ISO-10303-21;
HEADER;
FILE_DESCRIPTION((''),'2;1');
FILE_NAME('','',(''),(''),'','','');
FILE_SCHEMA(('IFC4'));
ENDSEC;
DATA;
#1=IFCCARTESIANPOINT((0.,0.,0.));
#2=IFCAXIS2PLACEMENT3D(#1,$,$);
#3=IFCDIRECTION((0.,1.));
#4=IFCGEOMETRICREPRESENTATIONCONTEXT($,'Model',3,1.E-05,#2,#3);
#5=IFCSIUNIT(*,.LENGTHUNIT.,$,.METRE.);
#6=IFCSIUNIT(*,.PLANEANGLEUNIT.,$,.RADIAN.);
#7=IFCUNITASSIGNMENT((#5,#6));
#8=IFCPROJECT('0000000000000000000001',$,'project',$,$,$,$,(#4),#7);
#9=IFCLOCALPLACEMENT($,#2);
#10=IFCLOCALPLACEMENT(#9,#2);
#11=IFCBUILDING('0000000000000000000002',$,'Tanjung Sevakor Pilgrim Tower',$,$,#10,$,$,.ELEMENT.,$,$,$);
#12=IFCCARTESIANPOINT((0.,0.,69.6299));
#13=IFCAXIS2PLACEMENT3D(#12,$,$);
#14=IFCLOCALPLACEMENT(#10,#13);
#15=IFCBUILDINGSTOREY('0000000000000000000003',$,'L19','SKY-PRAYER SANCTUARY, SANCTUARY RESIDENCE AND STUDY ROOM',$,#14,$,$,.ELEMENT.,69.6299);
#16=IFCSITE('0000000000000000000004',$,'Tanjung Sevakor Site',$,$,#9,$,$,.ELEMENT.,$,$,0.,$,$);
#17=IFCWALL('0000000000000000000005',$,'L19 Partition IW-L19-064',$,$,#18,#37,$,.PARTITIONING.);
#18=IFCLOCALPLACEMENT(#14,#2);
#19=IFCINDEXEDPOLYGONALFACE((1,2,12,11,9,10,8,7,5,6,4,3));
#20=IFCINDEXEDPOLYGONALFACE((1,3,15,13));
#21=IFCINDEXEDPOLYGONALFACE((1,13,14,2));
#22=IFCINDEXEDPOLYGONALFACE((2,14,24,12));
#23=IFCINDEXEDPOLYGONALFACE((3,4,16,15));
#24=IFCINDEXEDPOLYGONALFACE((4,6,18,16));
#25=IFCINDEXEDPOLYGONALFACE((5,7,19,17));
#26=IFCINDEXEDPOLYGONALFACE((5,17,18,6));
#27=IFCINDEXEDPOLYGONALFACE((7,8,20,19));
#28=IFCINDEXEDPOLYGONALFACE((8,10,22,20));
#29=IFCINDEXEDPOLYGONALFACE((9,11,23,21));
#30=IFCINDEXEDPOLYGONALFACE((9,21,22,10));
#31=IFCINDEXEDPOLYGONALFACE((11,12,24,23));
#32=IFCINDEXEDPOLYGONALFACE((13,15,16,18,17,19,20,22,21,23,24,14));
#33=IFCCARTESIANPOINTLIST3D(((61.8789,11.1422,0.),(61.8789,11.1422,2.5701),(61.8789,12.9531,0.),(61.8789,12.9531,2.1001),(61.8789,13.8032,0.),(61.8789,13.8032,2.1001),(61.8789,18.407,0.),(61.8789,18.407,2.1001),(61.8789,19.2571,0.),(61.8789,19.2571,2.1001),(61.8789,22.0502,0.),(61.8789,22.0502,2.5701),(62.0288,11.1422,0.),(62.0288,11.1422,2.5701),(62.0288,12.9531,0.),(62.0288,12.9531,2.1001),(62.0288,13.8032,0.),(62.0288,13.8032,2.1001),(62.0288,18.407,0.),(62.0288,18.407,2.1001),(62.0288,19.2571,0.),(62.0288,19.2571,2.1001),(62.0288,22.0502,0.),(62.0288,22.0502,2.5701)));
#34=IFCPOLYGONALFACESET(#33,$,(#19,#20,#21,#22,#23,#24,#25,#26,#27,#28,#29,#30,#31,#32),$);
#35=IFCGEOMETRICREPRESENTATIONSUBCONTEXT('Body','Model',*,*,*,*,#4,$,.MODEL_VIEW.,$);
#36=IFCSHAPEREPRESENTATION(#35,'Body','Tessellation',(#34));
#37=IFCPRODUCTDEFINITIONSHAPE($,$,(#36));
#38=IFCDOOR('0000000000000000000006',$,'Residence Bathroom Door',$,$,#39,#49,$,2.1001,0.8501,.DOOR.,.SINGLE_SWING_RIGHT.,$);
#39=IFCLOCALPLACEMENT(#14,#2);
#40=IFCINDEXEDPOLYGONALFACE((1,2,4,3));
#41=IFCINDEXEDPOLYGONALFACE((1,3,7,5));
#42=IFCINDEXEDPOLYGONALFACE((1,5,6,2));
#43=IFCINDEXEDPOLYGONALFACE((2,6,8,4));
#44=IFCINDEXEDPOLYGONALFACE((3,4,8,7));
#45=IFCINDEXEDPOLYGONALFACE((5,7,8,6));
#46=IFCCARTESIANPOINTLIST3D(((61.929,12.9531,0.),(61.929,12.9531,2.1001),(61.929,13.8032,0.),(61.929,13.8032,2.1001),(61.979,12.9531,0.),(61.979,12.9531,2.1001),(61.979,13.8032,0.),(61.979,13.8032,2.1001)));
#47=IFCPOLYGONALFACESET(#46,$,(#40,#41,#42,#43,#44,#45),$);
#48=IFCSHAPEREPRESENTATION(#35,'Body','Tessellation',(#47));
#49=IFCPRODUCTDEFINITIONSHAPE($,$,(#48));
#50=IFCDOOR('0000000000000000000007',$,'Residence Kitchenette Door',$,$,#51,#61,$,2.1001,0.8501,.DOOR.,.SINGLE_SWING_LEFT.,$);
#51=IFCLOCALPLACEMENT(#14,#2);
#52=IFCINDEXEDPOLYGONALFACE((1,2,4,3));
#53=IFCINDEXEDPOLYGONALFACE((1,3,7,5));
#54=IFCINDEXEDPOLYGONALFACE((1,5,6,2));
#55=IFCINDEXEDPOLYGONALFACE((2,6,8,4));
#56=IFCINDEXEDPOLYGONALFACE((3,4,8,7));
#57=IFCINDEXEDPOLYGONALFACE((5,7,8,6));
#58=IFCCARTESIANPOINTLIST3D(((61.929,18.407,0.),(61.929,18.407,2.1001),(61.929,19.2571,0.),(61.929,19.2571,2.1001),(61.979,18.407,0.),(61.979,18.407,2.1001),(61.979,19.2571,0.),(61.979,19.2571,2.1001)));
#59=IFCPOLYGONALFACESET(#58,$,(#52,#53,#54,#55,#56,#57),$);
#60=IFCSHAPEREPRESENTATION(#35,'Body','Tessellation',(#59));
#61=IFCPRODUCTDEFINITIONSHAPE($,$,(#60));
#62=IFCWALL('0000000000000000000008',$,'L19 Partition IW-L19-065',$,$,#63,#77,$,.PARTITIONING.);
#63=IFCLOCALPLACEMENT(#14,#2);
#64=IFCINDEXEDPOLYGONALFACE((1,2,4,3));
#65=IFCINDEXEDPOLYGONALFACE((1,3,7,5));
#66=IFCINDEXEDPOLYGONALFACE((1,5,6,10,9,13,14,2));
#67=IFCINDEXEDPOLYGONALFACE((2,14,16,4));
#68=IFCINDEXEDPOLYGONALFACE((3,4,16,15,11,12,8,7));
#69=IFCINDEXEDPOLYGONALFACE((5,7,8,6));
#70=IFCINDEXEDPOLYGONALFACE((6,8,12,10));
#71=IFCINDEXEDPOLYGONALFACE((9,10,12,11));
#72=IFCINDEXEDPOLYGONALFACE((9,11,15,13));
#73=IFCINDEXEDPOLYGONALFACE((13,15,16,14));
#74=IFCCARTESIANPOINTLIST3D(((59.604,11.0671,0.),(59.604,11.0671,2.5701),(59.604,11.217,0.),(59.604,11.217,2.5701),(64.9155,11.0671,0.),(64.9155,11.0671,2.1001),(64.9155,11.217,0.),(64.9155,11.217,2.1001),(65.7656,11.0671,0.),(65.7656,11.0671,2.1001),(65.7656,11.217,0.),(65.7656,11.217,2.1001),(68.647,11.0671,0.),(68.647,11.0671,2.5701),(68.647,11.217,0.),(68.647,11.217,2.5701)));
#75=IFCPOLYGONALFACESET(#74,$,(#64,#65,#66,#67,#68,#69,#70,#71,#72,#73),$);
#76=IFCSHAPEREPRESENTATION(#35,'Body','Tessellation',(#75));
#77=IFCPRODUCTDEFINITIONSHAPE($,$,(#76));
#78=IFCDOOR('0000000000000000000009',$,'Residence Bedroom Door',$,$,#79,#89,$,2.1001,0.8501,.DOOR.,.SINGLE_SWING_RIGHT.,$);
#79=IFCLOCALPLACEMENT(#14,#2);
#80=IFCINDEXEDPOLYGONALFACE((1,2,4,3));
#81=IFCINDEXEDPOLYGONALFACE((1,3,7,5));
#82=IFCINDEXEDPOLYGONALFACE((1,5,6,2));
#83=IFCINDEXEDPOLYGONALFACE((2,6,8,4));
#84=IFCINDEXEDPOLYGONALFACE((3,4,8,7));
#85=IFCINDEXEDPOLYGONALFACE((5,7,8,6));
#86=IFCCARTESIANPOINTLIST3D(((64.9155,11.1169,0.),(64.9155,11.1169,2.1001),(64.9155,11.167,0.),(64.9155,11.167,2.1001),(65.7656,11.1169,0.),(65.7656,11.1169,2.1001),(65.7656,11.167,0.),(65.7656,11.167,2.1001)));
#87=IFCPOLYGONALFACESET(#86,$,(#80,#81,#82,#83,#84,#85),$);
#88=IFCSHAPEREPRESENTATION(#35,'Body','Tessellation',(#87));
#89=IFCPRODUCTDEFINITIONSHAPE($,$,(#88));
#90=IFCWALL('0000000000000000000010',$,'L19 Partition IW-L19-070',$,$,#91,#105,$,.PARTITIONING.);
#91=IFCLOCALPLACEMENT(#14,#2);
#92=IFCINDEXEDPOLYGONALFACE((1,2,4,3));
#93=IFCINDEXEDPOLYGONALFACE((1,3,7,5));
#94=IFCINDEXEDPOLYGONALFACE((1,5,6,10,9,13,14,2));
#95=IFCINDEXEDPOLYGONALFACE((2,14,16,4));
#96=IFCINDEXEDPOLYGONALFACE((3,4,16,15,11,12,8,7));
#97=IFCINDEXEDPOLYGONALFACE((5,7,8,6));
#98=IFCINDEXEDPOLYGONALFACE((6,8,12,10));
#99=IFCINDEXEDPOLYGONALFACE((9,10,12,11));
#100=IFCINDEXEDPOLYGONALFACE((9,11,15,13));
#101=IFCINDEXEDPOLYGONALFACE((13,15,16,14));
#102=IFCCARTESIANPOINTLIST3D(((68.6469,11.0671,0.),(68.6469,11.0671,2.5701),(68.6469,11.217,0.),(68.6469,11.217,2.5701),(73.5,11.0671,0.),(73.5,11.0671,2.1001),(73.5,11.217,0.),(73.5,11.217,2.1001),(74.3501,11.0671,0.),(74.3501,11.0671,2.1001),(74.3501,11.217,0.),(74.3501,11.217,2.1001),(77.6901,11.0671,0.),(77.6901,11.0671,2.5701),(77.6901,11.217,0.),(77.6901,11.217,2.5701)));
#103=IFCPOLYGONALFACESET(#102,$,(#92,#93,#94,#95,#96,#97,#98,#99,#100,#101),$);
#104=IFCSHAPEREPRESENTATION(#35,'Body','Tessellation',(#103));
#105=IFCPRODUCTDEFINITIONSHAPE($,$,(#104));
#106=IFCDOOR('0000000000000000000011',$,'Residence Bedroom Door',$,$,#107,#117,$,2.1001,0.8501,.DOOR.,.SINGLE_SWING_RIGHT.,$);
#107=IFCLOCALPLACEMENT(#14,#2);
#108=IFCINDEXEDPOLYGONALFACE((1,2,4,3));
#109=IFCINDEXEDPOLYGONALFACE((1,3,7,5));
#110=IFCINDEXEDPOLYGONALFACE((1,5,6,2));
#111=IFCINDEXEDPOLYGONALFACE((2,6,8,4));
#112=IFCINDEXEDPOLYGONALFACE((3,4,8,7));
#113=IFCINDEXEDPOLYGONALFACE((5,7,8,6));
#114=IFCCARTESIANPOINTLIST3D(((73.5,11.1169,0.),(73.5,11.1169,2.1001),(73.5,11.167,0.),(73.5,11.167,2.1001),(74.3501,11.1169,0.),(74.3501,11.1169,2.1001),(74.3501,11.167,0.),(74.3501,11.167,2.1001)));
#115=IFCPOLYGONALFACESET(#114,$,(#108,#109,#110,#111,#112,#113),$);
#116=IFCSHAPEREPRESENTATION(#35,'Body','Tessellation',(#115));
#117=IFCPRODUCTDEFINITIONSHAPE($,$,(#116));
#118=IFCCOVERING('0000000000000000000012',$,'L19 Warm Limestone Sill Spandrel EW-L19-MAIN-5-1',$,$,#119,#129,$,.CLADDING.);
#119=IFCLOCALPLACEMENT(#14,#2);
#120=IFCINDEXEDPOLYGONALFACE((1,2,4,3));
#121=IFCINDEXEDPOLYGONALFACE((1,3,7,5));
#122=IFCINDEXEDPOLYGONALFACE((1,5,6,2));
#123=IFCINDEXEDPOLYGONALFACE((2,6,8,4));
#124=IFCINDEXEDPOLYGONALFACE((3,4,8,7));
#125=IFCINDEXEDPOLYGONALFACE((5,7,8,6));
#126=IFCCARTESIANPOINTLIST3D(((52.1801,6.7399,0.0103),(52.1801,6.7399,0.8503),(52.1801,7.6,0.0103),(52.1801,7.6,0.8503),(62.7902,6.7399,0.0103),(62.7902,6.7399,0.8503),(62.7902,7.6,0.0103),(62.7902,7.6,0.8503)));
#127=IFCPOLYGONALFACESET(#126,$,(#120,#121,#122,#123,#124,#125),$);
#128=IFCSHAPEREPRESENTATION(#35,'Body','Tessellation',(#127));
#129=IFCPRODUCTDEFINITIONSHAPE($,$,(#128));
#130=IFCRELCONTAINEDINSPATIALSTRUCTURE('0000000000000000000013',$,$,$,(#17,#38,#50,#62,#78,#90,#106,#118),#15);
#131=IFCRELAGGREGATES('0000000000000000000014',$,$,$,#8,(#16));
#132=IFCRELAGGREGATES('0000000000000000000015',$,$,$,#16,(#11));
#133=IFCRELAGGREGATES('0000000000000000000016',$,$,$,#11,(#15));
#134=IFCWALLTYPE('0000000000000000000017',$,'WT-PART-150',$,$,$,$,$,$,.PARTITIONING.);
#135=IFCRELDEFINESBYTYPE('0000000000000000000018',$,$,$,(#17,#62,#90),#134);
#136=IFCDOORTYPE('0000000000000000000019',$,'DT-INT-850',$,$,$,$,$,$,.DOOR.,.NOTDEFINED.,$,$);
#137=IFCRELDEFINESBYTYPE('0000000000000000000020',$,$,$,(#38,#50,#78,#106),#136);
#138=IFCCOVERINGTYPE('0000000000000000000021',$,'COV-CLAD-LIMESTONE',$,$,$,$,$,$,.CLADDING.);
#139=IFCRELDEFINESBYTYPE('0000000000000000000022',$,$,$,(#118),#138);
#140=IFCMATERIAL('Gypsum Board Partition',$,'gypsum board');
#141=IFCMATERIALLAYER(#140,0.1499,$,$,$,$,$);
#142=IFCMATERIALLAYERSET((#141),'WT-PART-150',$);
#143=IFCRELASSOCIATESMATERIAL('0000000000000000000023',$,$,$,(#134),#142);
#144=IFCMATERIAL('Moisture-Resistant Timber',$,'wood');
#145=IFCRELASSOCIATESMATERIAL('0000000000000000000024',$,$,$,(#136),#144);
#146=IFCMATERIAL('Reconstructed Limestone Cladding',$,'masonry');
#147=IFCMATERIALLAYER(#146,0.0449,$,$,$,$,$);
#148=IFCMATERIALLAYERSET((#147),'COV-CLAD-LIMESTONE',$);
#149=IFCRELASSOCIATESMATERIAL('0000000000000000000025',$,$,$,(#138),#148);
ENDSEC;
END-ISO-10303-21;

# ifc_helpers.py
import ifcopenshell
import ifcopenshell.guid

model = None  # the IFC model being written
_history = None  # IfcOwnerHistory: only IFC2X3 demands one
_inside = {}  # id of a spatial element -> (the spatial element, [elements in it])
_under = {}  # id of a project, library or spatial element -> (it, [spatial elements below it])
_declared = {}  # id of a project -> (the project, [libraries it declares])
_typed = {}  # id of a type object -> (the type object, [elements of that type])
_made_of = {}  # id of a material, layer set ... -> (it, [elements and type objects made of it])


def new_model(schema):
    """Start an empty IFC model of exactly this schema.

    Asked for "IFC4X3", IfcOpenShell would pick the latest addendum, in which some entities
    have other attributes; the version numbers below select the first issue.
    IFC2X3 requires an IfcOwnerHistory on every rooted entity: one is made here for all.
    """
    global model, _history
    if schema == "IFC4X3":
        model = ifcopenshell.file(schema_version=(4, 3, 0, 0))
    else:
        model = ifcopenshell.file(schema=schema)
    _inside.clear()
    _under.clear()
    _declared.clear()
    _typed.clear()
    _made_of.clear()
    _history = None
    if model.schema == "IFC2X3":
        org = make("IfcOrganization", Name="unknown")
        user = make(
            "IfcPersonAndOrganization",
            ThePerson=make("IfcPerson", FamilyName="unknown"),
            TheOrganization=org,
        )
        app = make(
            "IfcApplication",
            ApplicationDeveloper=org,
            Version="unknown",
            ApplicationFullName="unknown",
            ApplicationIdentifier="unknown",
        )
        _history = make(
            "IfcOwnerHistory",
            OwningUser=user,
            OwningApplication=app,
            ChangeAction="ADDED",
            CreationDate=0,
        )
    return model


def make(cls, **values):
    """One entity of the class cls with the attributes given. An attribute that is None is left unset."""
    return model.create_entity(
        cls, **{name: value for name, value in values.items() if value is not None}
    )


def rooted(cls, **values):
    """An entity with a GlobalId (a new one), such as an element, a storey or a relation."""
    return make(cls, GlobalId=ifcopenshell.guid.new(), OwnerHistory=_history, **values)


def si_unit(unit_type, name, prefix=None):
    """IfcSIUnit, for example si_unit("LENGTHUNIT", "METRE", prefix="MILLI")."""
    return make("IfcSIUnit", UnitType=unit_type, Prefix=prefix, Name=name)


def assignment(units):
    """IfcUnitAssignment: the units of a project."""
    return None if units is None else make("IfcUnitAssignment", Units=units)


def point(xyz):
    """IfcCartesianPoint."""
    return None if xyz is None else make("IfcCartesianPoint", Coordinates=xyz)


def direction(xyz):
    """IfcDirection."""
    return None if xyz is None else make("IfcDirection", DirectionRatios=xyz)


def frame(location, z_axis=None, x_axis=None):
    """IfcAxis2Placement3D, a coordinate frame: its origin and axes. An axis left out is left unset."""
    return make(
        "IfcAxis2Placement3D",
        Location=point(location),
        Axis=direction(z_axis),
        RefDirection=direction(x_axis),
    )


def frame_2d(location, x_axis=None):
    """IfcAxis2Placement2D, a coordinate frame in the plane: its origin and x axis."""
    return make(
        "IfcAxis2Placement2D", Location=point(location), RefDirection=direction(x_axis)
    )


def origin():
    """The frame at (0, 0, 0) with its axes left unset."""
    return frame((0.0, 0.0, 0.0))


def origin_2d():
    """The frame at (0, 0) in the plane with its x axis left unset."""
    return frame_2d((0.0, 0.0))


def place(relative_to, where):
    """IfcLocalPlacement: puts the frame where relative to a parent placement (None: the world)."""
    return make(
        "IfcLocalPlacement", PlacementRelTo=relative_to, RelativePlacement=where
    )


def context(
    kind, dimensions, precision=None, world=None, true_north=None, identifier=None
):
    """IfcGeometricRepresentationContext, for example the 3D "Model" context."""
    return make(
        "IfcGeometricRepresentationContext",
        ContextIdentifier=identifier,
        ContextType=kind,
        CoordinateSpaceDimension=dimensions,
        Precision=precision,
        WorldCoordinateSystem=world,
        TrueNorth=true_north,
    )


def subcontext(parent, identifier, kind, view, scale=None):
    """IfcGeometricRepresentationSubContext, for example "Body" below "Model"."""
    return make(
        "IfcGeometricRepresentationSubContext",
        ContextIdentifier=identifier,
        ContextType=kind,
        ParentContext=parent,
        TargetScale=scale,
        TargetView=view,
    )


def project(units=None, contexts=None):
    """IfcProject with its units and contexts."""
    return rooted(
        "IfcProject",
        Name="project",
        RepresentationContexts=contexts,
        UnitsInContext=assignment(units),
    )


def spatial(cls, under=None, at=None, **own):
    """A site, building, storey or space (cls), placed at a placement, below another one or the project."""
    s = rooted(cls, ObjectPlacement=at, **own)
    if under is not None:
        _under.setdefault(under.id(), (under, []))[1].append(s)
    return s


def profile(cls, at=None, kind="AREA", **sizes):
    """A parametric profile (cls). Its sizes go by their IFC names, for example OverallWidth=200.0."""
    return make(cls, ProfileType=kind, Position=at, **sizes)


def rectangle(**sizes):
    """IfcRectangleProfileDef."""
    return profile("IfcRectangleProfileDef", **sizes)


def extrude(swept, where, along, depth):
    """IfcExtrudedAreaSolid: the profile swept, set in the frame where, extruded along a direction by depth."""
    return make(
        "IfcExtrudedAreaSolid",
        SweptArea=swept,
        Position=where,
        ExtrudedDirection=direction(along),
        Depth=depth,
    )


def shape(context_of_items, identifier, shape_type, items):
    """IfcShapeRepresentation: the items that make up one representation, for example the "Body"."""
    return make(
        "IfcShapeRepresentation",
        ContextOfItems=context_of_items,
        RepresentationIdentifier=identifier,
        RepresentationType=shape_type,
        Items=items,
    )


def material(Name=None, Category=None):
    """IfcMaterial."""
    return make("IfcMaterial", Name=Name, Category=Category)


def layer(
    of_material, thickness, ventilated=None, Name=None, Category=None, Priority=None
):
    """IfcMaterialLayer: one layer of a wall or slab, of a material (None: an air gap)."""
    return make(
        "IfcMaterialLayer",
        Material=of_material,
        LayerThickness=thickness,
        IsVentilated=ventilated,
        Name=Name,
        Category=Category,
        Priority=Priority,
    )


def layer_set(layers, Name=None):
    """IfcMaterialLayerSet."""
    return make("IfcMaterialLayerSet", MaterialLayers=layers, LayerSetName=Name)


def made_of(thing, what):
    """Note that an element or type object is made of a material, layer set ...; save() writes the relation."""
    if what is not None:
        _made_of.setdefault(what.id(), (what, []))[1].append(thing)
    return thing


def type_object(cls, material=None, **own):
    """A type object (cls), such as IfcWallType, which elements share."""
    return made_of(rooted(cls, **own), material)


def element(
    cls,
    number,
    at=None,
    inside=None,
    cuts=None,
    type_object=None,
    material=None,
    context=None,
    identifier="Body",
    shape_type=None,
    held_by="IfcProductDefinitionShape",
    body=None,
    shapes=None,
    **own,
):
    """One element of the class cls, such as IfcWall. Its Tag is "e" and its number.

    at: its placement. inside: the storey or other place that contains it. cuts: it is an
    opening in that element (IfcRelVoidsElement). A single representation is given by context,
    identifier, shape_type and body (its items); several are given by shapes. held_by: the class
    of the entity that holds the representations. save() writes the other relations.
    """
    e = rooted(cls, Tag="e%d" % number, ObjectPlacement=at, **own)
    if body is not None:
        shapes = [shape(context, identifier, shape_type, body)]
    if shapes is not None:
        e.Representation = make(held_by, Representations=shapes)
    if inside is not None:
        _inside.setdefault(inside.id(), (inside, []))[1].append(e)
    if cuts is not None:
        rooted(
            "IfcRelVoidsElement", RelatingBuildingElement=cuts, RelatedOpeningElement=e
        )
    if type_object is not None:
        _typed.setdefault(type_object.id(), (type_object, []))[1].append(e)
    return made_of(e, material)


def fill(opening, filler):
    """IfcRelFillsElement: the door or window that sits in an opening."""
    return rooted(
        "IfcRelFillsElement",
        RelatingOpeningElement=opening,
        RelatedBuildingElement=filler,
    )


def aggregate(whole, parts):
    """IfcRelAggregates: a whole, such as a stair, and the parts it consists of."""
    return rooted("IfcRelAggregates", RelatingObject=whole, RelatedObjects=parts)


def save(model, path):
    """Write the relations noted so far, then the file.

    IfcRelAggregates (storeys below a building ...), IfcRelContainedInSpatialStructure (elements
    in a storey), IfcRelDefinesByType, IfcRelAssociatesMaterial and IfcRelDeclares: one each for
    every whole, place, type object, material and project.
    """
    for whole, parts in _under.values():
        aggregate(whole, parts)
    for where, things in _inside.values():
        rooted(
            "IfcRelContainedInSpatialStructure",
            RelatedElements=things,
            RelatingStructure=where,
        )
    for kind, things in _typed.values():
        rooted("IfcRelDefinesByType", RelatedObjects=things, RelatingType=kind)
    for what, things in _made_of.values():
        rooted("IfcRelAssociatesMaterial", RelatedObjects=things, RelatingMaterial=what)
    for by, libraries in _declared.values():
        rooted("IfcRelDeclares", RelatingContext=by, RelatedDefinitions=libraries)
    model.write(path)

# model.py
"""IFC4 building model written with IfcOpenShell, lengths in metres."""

from ifc_helpers import new_model, si_unit, direction, frame, frame_2d, origin, origin_2d, place, context, subcontext, project, spatial, rectangle, extrude, material, layer, layer_set, type_object, element, fill, save


model = new_model("IFC4")

# Units and contexts
model_context = context("Model", 3, precision=1e-05, world=origin(), true_north=direction((0.0, 1.0)))
body_context = subcontext(model_context, "Body", "Model", "MODEL_VIEW")
ifc_project = project(units=[si_unit("LENGTHUNIT", "METRE"), si_unit("PLANEANGLEUNIT", "RADIAN")], contexts=[model_context])

# Site, building, storey
site_placement = place(None, origin())
site = spatial("IfcSite", under=ifc_project, at=site_placement, Name="Tanjung Sevakor Site", CompositionType="ELEMENT", RefElevation=0.0)
building_placement = place(site_placement, origin())
building = spatial("IfcBuilding", under=site, at=building_placement, Name="Tanjung Sevakor Pilgrim Tower", CompositionType="ELEMENT")
storey_placement = place(building_placement, frame((0.0, 0.0, 69.6299)))
storey = spatial("IfcBuildingStorey", under=building, at=storey_placement, Name="L19", Description="SKY-PRAYER SANCTUARY, SANCTUARY RESIDENCE AND STUDY ROOM", CompositionType="ELEMENT", Elevation=69.6299)

# Shared definitions
ifc_material_1 = material(Name="Gypsum Board Partition", Category="gypsum board")
ifc_layer_1 = layer(ifc_material_1, 0.1499)
ifc_layer_set_1 = layer_set([ifc_layer_1], Name="WT-PART-150")
wall_type_1 = type_object("IfcWallType", Name="WT-PART-150", PredefinedType="PARTITIONING", material=ifc_layer_set_1)

# Wall, openings, doors
wall_1_placement = place(storey_placement, frame((61.9539, 11.1421, 0.0), z_axis=(0.0, 0.0, 1.0), x_axis=(0.0, 1.0, 0.0)))
wall_1 = element("IfcWall", 1, at=wall_1_placement, inside=storey, type_object=wall_type_1, Name="L19 Partition IW-L19-064", PredefinedType="PARTITIONING", context=body_context, shape_type="SweptSolid", body=[
    extrude(rectangle(XDim=10.908, YDim=0.1499, at=frame_2d((5.4541, 0.0))), origin(), (0.0, 0.0, 1.0), 2.5701),
])
opening_1_placement = place(wall_1_placement, frame((1.811, 0.0, 0.0)))
opening_1 = element("IfcOpeningElement", 2, at=opening_1_placement, cuts=wall_1, PredefinedType="OPENING", context=body_context, shape_type="SweptSolid", body=[
    extrude(rectangle(XDim=0.8501, YDim=2.1001, at=frame_2d((0.425, 1.05))), frame((0.0, 0.085, 0.0), z_axis=(0.0, -1.0, 0.0), x_axis=(1.0, 0.0, 0.0)), (0.0, 0.0, 1.0), 0.1699),
])
opening_2_placement = place(wall_1_placement, frame((7.2649, 0.0, 0.0)))
opening_2 = element("IfcOpeningElement", 3, at=opening_2_placement, cuts=wall_1, PredefinedType="OPENING", context=body_context, shape_type="SweptSolid", body=[
    extrude(rectangle(XDim=0.8501, YDim=2.1001, at=frame_2d((0.425, 1.05))), frame((0.0, 0.085, 0.0), z_axis=(0.0, -1.0, 0.0), x_axis=(1.0, 0.0, 0.0)), (0.0, 0.0, 1.0), 0.1699),
])
ifc_material_2 = material(Name="Moisture-Resistant Timber", Category="wood")
door_type_1 = type_object("IfcDoorType", Name="DT-INT-850", OperationType="NOTDEFINED", PredefinedType="DOOR", material=ifc_material_2)
door_1_placement = place(opening_1_placement, origin())
door_1 = element("IfcDoor", 4, at=door_1_placement, inside=storey, type_object=door_type_1, Name="Residence Bathroom Door", OperationType="SINGLE_SWING_RIGHT", OverallHeight=2.1001, OverallWidth=0.8501, PredefinedType="DOOR", context=body_context, shape_type="SweptSolid", body=[
    extrude(rectangle(XDim=0.8501, YDim=2.1001, at=frame_2d((0.425, 1.05))), frame((0.0, 0.0249, 0.0), z_axis=(0.0, -1.0, 0.0), x_axis=(1.0, 0.0, 0.0)), (0.0, 0.0, 1.0), 0.05),
])
fill(opening_1, door_1)
door_2_placement = place(opening_2_placement, origin())
door_2 = element("IfcDoor", 5, at=door_2_placement, inside=storey, type_object=door_type_1, Name="Residence Kitchenette Door", OperationType="SINGLE_SWING_LEFT", OverallHeight=2.1001, OverallWidth=0.8501, PredefinedType="DOOR", context=body_context, shape_type="SweptSolid", body=[
    extrude(rectangle(XDim=0.8501, YDim=2.1001, at=frame_2d((0.425, 1.05))), frame((0.0, 0.0249, 0.0), z_axis=(0.0, -1.0, 0.0), x_axis=(1.0, 0.0, 0.0)), (0.0, 0.0, 1.0), 0.05),
])
fill(opening_2, door_2)

# Walls, openings, doors
wall_2_placement = place(storey_placement, frame((59.604, 11.1421, 0.0), z_axis=(0.0, 0.0, 1.0), x_axis=(1.0, 0.0, 0.0)))
wall_2 = element("IfcWall", 6, at=wall_2_placement, inside=storey, type_object=wall_type_1, Name="L19 Partition IW-L19-065", PredefinedType="PARTITIONING", context=body_context, shape_type="SweptSolid", body=[
    extrude(rectangle(XDim=9.043, YDim=0.1499, at=frame_2d((4.5215, 0.0))), origin(), (0.0, 0.0, 1.0), 2.5701),
])
opening_3_placement = place(wall_2_placement, frame((5.3115, 0.0, 0.0)))
opening_3 = element("IfcOpeningElement", 7, at=opening_3_placement, cuts=wall_2, PredefinedType="OPENING", context=body_context, shape_type="SweptSolid", body=[
    extrude(rectangle(XDim=0.8501, YDim=2.1001, at=frame_2d((0.425, 1.05))), frame((0.0, 0.085, 0.0), z_axis=(0.0, -1.0, 0.0), x_axis=(1.0, 0.0, 0.0)), (0.0, 0.0, 1.0), 0.1699),
])
door_3_placement = place(opening_3_placement, origin())
door_3 = element("IfcDoor", 8, at=door_3_placement, inside=storey, type_object=door_type_1, Name="Residence Bedroom Door", OperationType="SINGLE_SWING_RIGHT", OverallHeight=2.1001, OverallWidth=0.8501, PredefinedType="DOOR", context=body_context, shape_type="SweptSolid", body=[
    extrude(rectangle(XDim=0.8501, YDim=2.1001, at=frame_2d((0.425, 1.05))), frame((0.0, 0.0249, 0.0), z_axis=(0.0, -1.0, 0.0), x_axis=(1.0, 0.0, 0.0)), (0.0, 0.0, 1.0), 0.05),
])
fill(opening_3, door_3)
wall_3_placement = place(storey_placement, frame((68.647, 11.1421, 0.0), z_axis=(0.0, 0.0, 1.0), x_axis=(1.0, 0.0, 0.0)))
wall_3 = element("IfcWall", 9, at=wall_3_placement, inside=storey, type_object=wall_type_1, Name="L19 Partition IW-L19-070", PredefinedType="PARTITIONING", context=body_context, shape_type="SweptSolid", body=[
    extrude(rectangle(XDim=9.0432, YDim=0.1499, at=frame_2d((4.5215, 0.0))), origin(), (0.0, 0.0, 1.0), 2.5701),
])
opening_4_placement = place(wall_3_placement, frame((4.853, 0.0, 0.0)))
opening_4 = element("IfcOpeningElement", 10, at=opening_4_placement, cuts=wall_3, PredefinedType="OPENING", context=body_context, shape_type="SweptSolid", body=[
    extrude(rectangle(XDim=0.8501, YDim=2.1001, at=frame_2d((0.425, 1.05))), frame((0.0, 0.085, 0.0), z_axis=(0.0, -1.0, 0.0), x_axis=(1.0, 0.0, 0.0)), (0.0, 0.0, 1.0), 0.1699),
])
door_4_placement = place(opening_4_placement, origin())
door_4 = element("IfcDoor", 11, at=door_4_placement, inside=storey, type_object=door_type_1, Name="Residence Bedroom Door", OperationType="SINGLE_SWING_RIGHT", OverallHeight=2.1001, OverallWidth=0.8501, PredefinedType="DOOR", context=body_context, shape_type="SweptSolid", body=[
    extrude(rectangle(XDim=0.8501, YDim=2.1001, at=frame_2d((0.425, 1.05))), frame((0.0, 0.0249, 0.0), z_axis=(0.0, -1.0, 0.0), x_axis=(1.0, 0.0, 0.0)), (0.0, 0.0, 1.0), 0.05),
])
fill(opening_4, door_4)

# Covering
ifc_material_3 = material(Name="Reconstructed Limestone Cladding", Category="masonry")
ifc_layer_2 = layer(ifc_material_3, 0.0449)
ifc_layer_set_2 = layer_set([ifc_layer_2], Name="COV-CLAD-LIMESTONE")
covering_type = type_object("IfcCoveringType", Name="COV-CLAD-LIMESTONE", PredefinedType="CLADDING", material=ifc_layer_set_2)
covering_placement = place(storey_placement, frame((57.4851, 7.1699, 0.0103), z_axis=(0.0, 0.0, 1.0), x_axis=(1.0, 0.0, 0.0)))
element("IfcCovering", 12, at=covering_placement, inside=storey, type_object=covering_type, Name="L19 Warm Limestone Sill Spandrel EW-L19-MAIN-5-1", PredefinedType="CLADDING", context=body_context, shape_type="SweptSolid", body=[
    extrude(rectangle(XDim=10.6101, YDim=0.8601, at=origin_2d()), origin(), (0.0, 0.0, 1.0), 0.8401),
])

save(model, "model.ifc")
